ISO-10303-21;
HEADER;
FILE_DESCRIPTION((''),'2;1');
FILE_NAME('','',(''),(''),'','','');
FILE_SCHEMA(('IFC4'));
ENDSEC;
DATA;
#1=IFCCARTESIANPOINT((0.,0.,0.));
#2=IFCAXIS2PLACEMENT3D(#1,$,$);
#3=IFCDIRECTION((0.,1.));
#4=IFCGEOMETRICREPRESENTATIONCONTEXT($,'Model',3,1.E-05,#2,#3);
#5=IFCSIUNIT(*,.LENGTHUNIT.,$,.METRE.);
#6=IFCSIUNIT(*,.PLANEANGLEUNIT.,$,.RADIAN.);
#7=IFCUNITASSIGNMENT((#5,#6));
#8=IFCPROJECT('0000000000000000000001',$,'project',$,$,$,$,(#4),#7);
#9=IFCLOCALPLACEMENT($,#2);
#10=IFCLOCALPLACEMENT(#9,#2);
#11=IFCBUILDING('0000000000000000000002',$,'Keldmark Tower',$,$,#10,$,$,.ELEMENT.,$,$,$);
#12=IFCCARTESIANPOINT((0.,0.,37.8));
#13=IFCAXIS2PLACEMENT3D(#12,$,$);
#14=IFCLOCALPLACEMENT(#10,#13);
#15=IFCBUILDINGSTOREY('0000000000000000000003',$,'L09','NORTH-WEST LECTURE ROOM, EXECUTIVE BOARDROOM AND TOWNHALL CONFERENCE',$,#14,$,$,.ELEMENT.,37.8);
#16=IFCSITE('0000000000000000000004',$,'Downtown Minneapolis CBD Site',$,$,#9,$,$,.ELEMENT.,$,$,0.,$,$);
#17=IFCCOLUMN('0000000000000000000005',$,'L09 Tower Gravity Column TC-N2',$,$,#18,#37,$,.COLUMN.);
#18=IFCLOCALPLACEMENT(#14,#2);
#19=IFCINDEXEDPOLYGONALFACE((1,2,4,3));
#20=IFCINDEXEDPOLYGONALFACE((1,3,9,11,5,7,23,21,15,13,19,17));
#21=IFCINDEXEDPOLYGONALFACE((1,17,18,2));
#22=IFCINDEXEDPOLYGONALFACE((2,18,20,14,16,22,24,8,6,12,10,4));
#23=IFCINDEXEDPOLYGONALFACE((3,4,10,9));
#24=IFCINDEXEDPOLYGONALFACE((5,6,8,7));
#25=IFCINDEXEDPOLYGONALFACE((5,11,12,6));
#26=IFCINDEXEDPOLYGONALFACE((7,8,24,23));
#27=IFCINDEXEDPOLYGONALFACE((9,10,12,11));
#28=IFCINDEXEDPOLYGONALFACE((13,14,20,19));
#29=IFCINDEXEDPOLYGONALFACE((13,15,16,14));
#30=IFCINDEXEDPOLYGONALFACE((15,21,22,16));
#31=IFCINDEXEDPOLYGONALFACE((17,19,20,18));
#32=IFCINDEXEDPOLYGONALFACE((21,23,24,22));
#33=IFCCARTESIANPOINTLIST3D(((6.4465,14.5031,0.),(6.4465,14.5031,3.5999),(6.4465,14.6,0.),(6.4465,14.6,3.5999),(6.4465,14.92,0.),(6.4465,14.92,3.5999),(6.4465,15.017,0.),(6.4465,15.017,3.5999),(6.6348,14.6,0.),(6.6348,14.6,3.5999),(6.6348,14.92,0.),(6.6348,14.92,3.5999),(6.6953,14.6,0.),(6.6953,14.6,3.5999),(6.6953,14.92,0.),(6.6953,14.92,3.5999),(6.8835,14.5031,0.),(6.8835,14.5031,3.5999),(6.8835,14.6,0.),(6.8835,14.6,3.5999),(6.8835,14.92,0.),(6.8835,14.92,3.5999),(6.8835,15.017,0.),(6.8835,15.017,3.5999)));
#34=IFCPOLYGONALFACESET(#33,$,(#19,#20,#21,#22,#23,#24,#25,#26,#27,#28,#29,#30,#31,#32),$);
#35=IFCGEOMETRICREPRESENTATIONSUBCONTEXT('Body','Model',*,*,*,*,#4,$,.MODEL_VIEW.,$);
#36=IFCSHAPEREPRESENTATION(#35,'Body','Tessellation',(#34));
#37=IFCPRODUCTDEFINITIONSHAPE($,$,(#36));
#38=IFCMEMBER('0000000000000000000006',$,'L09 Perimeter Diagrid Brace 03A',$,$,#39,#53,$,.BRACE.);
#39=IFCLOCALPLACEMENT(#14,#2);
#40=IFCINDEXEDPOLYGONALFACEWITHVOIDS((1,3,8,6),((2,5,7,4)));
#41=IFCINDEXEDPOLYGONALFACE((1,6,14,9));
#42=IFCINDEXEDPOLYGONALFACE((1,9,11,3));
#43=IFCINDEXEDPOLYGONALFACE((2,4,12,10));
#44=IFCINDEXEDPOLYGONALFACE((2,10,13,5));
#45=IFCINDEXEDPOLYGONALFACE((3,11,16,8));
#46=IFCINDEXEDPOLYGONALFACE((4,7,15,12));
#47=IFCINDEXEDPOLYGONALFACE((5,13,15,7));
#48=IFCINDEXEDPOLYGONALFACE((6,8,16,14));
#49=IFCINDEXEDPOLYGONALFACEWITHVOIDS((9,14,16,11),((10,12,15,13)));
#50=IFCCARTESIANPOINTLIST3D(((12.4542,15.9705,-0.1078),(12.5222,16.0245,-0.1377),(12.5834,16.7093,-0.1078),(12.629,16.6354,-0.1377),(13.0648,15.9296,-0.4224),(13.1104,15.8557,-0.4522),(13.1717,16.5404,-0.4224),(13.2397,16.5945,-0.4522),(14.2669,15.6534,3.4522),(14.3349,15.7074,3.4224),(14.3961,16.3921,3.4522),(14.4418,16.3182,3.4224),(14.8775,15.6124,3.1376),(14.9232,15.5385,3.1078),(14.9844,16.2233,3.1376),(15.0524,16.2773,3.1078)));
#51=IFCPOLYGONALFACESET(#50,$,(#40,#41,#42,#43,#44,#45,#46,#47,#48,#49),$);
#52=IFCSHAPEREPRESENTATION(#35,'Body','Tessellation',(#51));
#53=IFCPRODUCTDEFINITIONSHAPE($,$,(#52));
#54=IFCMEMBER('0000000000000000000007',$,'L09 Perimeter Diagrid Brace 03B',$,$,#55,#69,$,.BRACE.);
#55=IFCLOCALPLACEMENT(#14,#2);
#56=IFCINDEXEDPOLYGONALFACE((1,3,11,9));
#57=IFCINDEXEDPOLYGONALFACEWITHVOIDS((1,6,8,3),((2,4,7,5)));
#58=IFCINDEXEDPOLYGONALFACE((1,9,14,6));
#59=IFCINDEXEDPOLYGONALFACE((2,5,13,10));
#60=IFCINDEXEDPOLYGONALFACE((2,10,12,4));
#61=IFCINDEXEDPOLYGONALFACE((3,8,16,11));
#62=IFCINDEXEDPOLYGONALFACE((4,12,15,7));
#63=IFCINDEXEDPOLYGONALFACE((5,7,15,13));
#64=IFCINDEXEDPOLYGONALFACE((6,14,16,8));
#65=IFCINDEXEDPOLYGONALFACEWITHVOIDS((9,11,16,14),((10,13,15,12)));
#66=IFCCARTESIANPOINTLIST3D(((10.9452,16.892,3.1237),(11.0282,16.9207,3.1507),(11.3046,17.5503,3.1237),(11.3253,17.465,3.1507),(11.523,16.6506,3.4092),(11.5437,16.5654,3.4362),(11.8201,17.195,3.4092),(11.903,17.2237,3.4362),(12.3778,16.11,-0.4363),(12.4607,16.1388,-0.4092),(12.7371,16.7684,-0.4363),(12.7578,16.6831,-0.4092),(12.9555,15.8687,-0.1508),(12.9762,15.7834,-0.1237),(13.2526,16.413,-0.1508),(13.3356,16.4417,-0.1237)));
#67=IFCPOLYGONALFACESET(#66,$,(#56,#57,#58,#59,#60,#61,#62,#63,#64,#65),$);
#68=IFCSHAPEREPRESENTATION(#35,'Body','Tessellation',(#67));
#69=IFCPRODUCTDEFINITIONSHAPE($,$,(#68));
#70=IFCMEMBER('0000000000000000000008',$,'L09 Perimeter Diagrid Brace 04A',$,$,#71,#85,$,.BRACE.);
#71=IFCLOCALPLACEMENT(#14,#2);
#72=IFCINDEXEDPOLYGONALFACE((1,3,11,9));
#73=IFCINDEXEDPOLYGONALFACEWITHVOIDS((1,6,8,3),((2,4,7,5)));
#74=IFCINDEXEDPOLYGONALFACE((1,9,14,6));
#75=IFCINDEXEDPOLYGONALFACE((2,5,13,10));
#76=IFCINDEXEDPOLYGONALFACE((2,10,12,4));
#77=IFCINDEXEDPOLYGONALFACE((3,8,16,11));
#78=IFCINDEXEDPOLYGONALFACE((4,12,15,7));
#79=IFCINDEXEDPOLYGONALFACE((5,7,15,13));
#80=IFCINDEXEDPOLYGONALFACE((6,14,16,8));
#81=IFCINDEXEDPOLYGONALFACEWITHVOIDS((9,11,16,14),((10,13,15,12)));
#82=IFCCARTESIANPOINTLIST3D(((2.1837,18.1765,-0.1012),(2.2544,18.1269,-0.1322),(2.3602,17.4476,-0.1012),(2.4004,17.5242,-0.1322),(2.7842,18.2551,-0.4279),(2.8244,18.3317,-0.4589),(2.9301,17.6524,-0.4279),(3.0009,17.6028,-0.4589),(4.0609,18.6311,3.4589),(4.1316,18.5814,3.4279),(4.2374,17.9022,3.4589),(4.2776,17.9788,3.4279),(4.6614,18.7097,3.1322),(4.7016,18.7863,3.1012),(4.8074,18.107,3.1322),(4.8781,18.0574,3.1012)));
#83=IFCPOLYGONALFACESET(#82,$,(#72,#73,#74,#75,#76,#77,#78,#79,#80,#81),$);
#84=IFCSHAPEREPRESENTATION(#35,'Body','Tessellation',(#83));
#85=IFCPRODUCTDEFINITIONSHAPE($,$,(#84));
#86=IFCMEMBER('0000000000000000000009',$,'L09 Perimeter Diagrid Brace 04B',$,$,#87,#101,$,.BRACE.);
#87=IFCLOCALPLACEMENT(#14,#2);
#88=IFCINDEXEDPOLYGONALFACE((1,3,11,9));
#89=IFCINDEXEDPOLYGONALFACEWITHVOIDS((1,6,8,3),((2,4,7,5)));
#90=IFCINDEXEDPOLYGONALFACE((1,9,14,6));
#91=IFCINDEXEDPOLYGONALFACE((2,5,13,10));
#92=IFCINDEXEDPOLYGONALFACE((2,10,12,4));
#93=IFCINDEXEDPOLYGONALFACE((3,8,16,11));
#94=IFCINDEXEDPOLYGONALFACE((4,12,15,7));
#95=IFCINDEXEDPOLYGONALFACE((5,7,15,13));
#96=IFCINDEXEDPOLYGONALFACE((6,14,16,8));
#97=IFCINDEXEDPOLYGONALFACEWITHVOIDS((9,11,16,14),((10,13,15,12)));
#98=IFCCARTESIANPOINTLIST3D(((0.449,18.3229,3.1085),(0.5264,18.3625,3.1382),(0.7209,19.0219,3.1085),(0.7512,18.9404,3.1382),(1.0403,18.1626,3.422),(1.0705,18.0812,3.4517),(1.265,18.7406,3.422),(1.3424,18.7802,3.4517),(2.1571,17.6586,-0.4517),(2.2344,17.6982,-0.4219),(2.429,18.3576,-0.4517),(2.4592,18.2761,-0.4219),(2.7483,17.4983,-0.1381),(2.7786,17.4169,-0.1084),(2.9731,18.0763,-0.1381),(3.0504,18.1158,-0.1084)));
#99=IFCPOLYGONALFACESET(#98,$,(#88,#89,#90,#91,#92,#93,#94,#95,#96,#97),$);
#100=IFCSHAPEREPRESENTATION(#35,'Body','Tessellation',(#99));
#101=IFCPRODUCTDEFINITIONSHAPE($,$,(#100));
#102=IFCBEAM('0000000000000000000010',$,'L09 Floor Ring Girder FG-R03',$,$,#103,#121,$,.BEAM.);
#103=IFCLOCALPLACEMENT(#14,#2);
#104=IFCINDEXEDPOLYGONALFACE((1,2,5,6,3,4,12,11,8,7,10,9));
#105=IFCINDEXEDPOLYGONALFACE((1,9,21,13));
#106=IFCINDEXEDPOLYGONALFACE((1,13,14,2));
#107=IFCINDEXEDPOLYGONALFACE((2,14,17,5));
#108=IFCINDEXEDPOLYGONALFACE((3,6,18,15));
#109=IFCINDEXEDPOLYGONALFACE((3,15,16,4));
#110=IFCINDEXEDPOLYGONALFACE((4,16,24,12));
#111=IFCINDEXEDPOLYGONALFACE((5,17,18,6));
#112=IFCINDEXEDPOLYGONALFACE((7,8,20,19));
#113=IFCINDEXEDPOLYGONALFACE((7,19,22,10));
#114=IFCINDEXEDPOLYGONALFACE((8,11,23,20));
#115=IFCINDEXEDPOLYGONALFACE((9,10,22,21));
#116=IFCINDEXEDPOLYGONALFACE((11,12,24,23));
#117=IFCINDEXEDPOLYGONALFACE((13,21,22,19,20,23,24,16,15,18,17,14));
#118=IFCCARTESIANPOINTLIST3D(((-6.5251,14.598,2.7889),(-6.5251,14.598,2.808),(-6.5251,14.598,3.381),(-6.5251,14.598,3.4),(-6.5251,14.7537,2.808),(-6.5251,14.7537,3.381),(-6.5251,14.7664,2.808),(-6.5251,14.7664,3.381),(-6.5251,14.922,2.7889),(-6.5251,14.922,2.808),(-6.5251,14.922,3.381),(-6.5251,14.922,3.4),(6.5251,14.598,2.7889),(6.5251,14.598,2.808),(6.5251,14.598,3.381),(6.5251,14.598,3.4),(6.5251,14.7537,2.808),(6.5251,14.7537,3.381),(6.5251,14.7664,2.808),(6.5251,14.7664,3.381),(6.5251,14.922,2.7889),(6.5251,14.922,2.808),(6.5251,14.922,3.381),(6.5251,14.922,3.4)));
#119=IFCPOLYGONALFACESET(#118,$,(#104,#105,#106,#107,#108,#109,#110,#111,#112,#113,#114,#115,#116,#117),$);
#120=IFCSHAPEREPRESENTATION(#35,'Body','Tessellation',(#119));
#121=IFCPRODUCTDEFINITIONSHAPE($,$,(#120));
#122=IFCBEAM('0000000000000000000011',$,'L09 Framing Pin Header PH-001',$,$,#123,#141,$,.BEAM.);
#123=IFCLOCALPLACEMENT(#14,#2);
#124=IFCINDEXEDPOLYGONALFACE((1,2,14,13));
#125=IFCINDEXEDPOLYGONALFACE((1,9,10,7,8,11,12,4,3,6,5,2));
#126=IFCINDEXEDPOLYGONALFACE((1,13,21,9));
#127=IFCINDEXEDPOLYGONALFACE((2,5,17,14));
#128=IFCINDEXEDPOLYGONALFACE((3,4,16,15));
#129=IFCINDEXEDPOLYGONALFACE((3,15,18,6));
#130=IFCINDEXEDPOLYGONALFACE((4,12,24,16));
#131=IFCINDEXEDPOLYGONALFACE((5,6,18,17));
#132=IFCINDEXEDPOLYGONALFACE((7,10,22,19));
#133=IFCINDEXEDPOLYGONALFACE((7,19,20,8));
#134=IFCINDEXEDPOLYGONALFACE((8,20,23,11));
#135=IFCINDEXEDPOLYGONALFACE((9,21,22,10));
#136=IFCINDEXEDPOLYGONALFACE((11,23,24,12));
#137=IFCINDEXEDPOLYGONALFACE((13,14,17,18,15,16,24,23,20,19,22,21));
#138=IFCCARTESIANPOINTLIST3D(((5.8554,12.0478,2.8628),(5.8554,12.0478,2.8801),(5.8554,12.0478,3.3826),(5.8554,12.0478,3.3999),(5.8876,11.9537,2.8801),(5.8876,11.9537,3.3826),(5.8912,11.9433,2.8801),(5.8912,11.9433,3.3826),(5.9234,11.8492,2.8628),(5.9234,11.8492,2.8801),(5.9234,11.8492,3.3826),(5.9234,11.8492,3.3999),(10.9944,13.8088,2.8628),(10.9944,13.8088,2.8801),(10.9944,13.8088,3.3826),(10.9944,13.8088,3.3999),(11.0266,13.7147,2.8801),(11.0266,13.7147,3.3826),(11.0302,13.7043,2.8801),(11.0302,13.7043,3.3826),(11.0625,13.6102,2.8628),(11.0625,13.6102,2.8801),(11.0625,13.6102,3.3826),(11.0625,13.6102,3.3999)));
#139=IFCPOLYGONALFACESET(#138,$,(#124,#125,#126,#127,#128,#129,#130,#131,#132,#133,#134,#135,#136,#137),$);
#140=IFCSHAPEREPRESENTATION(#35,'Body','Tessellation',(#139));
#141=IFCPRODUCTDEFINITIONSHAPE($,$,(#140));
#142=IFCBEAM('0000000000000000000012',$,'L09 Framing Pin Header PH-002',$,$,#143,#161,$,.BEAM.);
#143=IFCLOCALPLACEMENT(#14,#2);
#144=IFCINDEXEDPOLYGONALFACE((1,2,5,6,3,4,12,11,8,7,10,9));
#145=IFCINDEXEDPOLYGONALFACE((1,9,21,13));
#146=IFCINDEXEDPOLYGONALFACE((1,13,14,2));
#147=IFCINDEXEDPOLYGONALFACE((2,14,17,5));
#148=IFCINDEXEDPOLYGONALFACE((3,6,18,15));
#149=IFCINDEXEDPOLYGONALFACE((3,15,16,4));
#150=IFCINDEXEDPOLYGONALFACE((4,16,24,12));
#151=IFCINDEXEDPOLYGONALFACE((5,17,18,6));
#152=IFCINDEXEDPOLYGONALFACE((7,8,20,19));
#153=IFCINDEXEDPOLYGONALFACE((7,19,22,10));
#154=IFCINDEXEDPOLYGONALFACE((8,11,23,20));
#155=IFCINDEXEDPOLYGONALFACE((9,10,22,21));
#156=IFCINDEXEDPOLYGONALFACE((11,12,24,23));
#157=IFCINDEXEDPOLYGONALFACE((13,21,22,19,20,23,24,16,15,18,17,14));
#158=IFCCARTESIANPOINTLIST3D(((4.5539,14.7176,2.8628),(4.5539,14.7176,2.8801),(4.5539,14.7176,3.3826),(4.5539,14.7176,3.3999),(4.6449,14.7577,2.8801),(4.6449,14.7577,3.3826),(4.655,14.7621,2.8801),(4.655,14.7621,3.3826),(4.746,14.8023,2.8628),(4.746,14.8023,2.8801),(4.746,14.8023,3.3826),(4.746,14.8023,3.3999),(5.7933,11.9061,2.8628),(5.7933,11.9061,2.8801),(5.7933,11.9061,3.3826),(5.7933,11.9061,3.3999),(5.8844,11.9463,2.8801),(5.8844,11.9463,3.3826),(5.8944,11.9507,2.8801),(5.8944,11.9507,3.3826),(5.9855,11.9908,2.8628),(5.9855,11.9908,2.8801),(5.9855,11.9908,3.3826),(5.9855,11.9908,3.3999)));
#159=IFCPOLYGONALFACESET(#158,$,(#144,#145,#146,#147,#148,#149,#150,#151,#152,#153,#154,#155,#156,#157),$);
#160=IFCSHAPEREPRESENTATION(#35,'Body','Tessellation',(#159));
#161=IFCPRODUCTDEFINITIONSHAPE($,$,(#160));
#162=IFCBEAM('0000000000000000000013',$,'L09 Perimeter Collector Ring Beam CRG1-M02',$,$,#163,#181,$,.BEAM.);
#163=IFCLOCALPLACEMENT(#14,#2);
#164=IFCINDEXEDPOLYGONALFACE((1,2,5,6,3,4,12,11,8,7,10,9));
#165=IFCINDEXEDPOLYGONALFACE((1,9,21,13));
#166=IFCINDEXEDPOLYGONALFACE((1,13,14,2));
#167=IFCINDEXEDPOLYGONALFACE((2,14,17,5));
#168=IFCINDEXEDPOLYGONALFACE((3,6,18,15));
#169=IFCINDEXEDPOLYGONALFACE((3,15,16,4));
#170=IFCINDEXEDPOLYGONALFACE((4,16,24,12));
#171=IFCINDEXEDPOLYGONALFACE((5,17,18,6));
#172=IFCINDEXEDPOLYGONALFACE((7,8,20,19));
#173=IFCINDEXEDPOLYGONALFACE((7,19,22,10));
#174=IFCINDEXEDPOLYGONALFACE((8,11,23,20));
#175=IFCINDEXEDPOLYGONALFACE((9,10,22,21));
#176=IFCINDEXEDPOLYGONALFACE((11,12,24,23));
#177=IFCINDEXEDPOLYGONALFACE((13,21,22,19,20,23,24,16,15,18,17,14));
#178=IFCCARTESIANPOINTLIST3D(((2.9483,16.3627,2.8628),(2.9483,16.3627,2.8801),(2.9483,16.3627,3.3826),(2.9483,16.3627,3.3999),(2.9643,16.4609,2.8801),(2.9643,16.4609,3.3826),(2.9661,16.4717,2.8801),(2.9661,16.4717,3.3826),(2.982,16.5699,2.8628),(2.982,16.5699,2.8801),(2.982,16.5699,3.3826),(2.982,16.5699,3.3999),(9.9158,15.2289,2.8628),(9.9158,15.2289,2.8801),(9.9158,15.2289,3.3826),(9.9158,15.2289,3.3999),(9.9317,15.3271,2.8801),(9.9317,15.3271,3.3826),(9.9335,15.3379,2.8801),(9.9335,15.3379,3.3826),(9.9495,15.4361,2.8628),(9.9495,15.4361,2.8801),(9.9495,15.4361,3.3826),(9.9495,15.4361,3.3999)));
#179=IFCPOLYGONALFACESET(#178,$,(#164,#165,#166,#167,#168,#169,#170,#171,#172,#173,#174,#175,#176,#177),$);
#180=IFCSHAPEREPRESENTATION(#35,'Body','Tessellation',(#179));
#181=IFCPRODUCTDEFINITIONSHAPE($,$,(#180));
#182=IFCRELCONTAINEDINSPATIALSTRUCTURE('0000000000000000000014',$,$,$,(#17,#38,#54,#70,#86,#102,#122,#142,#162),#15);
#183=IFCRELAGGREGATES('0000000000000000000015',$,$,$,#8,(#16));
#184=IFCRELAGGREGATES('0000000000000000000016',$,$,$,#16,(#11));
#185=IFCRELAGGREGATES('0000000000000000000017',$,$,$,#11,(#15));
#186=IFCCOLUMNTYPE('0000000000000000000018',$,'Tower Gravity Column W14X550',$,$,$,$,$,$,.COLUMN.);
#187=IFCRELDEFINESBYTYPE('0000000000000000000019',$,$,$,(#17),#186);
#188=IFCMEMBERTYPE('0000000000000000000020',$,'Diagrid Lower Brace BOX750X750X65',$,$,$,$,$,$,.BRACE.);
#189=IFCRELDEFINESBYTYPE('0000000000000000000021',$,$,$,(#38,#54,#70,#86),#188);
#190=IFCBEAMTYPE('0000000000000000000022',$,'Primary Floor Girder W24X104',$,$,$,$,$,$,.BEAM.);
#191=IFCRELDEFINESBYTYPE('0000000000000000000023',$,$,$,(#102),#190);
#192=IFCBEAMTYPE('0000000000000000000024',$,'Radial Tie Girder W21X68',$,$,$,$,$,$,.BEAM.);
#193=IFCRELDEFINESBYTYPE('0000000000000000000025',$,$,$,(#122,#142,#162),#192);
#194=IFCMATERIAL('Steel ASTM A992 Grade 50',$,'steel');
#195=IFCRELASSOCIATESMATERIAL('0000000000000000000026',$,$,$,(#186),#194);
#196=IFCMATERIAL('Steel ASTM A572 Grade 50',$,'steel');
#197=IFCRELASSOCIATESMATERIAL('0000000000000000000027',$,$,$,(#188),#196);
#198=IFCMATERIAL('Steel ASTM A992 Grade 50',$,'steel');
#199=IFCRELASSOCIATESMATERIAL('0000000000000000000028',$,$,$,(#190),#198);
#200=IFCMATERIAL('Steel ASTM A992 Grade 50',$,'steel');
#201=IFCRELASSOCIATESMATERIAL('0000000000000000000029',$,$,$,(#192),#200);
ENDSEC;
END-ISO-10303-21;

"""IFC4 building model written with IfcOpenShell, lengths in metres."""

from ifc_helpers import new_model, si_unit, direction, frame, origin, origin_2d, place, context, subcontext, project, spatial, hollow_rectangle, i_section, extrude, material, material_profile, profile_set, type_object, element, save


model = new_model("IFC4")

# Units and contexts
model_context = context("Model", 3, precision=1e-05, world=origin(), true_north=direction((0.0, 1.0)))
body_context = subcontext(model_context, "Body", "Model", "MODEL_VIEW")
ifc_project = project(units=[si_unit("LENGTHUNIT", "METRE"), si_unit("PLANEANGLEUNIT", "RADIAN")], contexts=[model_context])

# Site, building, storey
site_placement = place(None, origin())
site = spatial("IfcSite", under=ifc_project, at=site_placement, Name="Downtown Minneapolis CBD Site", CompositionType="ELEMENT", RefElevation=0.0)
building_placement = place(site_placement, origin())
building = spatial("IfcBuilding", under=site, at=building_placement, Name="Keldmark Tower", CompositionType="ELEMENT")
storey_placement = place(building_placement, frame((0.0, 0.0, 37.8)))
storey = spatial("IfcBuildingStorey", under=building, at=storey_placement, Name="L09", Description="NORTH-WEST LECTURE ROOM, EXECUTIVE BOARDROOM AND TOWNHALL CONFERENCE", CompositionType="ELEMENT", Elevation=37.8)

# Column
ifc_material_1 = material(Name="Steel ASTM A992 Grade 50", Category="steel")
ifc_material_profile_1 = material_profile(ifc_material_1, i_section(OverallWidth=0.437, OverallDepth=0.5139, WebThickness=0.0605, FlangeThickness=0.0969, at=origin_2d()), Name="W14X550")
ifc_profile_set_1 = profile_set([ifc_material_profile_1], Name="Steel ASTM A992 Grade 50")
column_type = type_object("IfcColumnType", Name="Tower Gravity Column W14X550", PredefinedType="COLUMN", material=ifc_profile_set_1)
column_placement = place(storey_placement, frame((6.665, 14.76, 0.0), z_axis=(0.0, 0.0, 1.0), x_axis=(1.0, 0.0, 0.0)))
element("IfcColumn", 1, at=column_placement, inside=storey, type_object=column_type, Name="L09 Tower Gravity Column TC-N2", PredefinedType="COLUMN", context=body_context, shape_type="SweptSolid", body=[
    extrude(i_section(OverallWidth=0.437, OverallDepth=0.5139, WebThickness=0.0605, FlangeThickness=0.0969, at=origin_2d()), origin(), (0.0, 0.0, 1.0), 3.5999),
])

# Members
ifc_material_2 = material(Name="Steel ASTM A572 Grade 50", Category="steel")
ifc_material_profile_2 = material_profile(ifc_material_2, hollow_rectangle(XDim=0.75, YDim=0.75, WallThickness=0.0649, at=origin_2d()), Name="BOX750X750X65")
ifc_profile_set_2 = profile_set([ifc_material_profile_2], Name="Steel ASTM A572 Grade 50")
member_type = type_object("IfcMemberType", Name="Diagrid Lower Brace BOX750X750X65", PredefinedType="BRACE", material=ifc_profile_set_2)
member_1_placement = place(storey_placement, frame((12.8469, 16.2825, -0.28), z_axis=(0.45233, -0.079135, 0.888333), x_axis=(0.172332, 0.985039, 0.0)))
element("IfcMember", 2, at=member_1_placement, inside=storey, type_object=member_type, Name="L09 Perimeter Diagrid Brace 03A", PredefinedType="BRACE", context=body_context, shape_type="SweptSolid", body=[
    extrude(hollow_rectangle(XDim=0.75, YDim=0.75, WallThickness=0.0649, at=origin_2d()), origin(), (0.0, 0.0, 1.0), 4.0076),
])
member_2_placement = place(storey_placement, frame((12.8567, 16.2759, -0.28), z_axis=(-0.365803, 0.199671, 0.909021), x_axis=(-0.479114, -0.877753, 0.0)))
element("IfcMember", 3, at=member_2_placement, inside=storey, type_object=member_type, Name="L09 Perimeter Diagrid Brace 03B", PredefinedType="BRACE", context=body_context, shape_type="SweptSolid", body=[
    extrude(hollow_rectangle(XDim=0.75, YDim=0.75, WallThickness=0.0649, at=origin_2d()), origin(), (0.0, 0.0, 1.0), 3.9163),
])
member_3_placement = place(storey_placement, frame((2.5923, 17.8896, -0.28), z_axis=(0.463477, 0.112237, 0.878972), x_axis=(-0.235361, 0.971908, 0.0)))
element("IfcMember", 4, at=member_3_placement, inside=storey, type_object=member_type, Name="L09 Perimeter Diagrid Brace 04A", PredefinedType="BRACE", context=body_context, shape_type="SweptSolid", body=[
    extrude(hollow_rectangle(XDim=0.75, YDim=0.75, WallThickness=0.0649, at=origin_2d()), origin(), (0.0, 0.0, 1.0), 4.0503),
])
member_4_placement = place(storey_placement, frame((2.6038, 17.8872, -0.28), z_axis=(-0.426567, 0.165908, 0.889109), x_axis=(-0.362485, -0.93199, 0.0)))
element("IfcMember", 5, at=member_4_placement, inside=storey, type_object=member_type, Name="L09 Perimeter Diagrid Brace 04B", PredefinedType="BRACE", context=body_context, shape_type="SweptSolid", body=[
    extrude(hollow_rectangle(XDim=0.75, YDim=0.75, WallThickness=0.0649, at=origin_2d()), origin(), (0.0, 0.0, 1.0), 4.0042),
])

# Beams
ifc_material_3 = material(Name="Steel ASTM A992 Grade 50", Category="steel")
ifc_material_profile_3 = material_profile(ifc_material_3, i_section(OverallWidth=0.324, OverallDepth=0.6111, WebThickness=0.0127, FlangeThickness=0.019, at=origin_2d()), Name="W24X104")
ifc_profile_set_3 = profile_set([ifc_material_profile_3], Name="Steel ASTM A992 Grade 50")
beam_type_1 = type_object("IfcBeamType", Name="Primary Floor Girder W24X104", PredefinedType="BEAM", material=ifc_profile_set_3)
beam_1_placement = place(storey_placement, frame((6.5251, 14.76, 3.0945), z_axis=(-1.0, 0.0, 0.0), x_axis=(0.0, -1.0, 0.0)))
element("IfcBeam", 6, at=beam_1_placement, inside=storey, type_object=beam_type_1, Name="L09 Floor Ring Girder FG-R03", PredefinedType="BEAM", context=body_context, shape_type="SweptSolid", body=[
    extrude(i_section(OverallWidth=0.324, OverallDepth=0.6111, WebThickness=0.0127, FlangeThickness=0.019, at=origin_2d()), origin(), (0.0, 0.0, 1.0), 13.0503),
])
ifc_material_4 = material(Name="Steel ASTM A992 Grade 50", Category="steel")
ifc_material_profile_4 = material_profile(ifc_material_4, i_section(OverallWidth=0.21, OverallDepth=0.5371, WebThickness=0.011, FlangeThickness=0.0173, at=origin_2d()), Name="W21X68")
ifc_profile_set_4 = profile_set([ifc_material_profile_4], Name="Steel ASTM A992 Grade 50")
beam_type_2 = type_object("IfcBeamType", Name="Radial Tie Girder W21X68", PredefinedType="BEAM", material=ifc_profile_set_4)
beam_2_placement = place(storey_placement, frame((5.8894, 11.9485, 3.1313), z_axis=(0.945998, 0.324172, 0.0), x_axis=(-0.324172, 0.945998, 0.0)))
element("IfcBeam", 7, at=beam_2_placement, inside=storey, type_object=beam_type_2, Name="L09 Framing Pin Header PH-001", PredefinedType="BEAM", context=body_context, shape_type="SweptSolid", body=[
    extrude(i_section(OverallWidth=0.21, OverallDepth=0.5371, WebThickness=0.011, FlangeThickness=0.0173, at=origin_2d()), origin(), (0.0, 0.0, 1.0), 5.4324),
])
beam_3_placement = place(storey_placement, frame((5.8894, 11.9485, 3.1313), z_axis=(-0.403402, 0.915023, 0.0), x_axis=(-0.915023, -0.403402, 0.0)))
element("IfcBeam", 8, at=beam_3_placement, inside=storey, type_object=beam_type_2, Name="L09 Framing Pin Header PH-002", PredefinedType="BEAM", context=body_context, shape_type="SweptSolid", body=[
    extrude(i_section(OverallWidth=0.21, OverallDepth=0.5371, WebThickness=0.011, FlangeThickness=0.0173, at=origin_2d()), origin(), (0.0, 0.0, 1.0), 3.0725),
])
beam_4_placement = place(storey_placement, frame((9.9326, 15.3325, 3.1313), z_axis=(-0.987018, 0.160612, 0.0), x_axis=(-0.160612, -0.987018, 0.0)))
element("IfcBeam", 9, at=beam_4_placement, inside=storey, type_object=beam_type_2, Name="L09 Perimeter Collector Ring Beam CRG1-M02", PredefinedType="BEAM", context=body_context, shape_type="SweptSolid", body=[
    extrude(i_section(OverallWidth=0.21, OverallDepth=0.5371, WebThickness=0.011, FlangeThickness=0.0173, at=origin_2d()), origin(), (0.0, 0.0, 1.0), 7.0591),
])

save(model, "model.ifc")
